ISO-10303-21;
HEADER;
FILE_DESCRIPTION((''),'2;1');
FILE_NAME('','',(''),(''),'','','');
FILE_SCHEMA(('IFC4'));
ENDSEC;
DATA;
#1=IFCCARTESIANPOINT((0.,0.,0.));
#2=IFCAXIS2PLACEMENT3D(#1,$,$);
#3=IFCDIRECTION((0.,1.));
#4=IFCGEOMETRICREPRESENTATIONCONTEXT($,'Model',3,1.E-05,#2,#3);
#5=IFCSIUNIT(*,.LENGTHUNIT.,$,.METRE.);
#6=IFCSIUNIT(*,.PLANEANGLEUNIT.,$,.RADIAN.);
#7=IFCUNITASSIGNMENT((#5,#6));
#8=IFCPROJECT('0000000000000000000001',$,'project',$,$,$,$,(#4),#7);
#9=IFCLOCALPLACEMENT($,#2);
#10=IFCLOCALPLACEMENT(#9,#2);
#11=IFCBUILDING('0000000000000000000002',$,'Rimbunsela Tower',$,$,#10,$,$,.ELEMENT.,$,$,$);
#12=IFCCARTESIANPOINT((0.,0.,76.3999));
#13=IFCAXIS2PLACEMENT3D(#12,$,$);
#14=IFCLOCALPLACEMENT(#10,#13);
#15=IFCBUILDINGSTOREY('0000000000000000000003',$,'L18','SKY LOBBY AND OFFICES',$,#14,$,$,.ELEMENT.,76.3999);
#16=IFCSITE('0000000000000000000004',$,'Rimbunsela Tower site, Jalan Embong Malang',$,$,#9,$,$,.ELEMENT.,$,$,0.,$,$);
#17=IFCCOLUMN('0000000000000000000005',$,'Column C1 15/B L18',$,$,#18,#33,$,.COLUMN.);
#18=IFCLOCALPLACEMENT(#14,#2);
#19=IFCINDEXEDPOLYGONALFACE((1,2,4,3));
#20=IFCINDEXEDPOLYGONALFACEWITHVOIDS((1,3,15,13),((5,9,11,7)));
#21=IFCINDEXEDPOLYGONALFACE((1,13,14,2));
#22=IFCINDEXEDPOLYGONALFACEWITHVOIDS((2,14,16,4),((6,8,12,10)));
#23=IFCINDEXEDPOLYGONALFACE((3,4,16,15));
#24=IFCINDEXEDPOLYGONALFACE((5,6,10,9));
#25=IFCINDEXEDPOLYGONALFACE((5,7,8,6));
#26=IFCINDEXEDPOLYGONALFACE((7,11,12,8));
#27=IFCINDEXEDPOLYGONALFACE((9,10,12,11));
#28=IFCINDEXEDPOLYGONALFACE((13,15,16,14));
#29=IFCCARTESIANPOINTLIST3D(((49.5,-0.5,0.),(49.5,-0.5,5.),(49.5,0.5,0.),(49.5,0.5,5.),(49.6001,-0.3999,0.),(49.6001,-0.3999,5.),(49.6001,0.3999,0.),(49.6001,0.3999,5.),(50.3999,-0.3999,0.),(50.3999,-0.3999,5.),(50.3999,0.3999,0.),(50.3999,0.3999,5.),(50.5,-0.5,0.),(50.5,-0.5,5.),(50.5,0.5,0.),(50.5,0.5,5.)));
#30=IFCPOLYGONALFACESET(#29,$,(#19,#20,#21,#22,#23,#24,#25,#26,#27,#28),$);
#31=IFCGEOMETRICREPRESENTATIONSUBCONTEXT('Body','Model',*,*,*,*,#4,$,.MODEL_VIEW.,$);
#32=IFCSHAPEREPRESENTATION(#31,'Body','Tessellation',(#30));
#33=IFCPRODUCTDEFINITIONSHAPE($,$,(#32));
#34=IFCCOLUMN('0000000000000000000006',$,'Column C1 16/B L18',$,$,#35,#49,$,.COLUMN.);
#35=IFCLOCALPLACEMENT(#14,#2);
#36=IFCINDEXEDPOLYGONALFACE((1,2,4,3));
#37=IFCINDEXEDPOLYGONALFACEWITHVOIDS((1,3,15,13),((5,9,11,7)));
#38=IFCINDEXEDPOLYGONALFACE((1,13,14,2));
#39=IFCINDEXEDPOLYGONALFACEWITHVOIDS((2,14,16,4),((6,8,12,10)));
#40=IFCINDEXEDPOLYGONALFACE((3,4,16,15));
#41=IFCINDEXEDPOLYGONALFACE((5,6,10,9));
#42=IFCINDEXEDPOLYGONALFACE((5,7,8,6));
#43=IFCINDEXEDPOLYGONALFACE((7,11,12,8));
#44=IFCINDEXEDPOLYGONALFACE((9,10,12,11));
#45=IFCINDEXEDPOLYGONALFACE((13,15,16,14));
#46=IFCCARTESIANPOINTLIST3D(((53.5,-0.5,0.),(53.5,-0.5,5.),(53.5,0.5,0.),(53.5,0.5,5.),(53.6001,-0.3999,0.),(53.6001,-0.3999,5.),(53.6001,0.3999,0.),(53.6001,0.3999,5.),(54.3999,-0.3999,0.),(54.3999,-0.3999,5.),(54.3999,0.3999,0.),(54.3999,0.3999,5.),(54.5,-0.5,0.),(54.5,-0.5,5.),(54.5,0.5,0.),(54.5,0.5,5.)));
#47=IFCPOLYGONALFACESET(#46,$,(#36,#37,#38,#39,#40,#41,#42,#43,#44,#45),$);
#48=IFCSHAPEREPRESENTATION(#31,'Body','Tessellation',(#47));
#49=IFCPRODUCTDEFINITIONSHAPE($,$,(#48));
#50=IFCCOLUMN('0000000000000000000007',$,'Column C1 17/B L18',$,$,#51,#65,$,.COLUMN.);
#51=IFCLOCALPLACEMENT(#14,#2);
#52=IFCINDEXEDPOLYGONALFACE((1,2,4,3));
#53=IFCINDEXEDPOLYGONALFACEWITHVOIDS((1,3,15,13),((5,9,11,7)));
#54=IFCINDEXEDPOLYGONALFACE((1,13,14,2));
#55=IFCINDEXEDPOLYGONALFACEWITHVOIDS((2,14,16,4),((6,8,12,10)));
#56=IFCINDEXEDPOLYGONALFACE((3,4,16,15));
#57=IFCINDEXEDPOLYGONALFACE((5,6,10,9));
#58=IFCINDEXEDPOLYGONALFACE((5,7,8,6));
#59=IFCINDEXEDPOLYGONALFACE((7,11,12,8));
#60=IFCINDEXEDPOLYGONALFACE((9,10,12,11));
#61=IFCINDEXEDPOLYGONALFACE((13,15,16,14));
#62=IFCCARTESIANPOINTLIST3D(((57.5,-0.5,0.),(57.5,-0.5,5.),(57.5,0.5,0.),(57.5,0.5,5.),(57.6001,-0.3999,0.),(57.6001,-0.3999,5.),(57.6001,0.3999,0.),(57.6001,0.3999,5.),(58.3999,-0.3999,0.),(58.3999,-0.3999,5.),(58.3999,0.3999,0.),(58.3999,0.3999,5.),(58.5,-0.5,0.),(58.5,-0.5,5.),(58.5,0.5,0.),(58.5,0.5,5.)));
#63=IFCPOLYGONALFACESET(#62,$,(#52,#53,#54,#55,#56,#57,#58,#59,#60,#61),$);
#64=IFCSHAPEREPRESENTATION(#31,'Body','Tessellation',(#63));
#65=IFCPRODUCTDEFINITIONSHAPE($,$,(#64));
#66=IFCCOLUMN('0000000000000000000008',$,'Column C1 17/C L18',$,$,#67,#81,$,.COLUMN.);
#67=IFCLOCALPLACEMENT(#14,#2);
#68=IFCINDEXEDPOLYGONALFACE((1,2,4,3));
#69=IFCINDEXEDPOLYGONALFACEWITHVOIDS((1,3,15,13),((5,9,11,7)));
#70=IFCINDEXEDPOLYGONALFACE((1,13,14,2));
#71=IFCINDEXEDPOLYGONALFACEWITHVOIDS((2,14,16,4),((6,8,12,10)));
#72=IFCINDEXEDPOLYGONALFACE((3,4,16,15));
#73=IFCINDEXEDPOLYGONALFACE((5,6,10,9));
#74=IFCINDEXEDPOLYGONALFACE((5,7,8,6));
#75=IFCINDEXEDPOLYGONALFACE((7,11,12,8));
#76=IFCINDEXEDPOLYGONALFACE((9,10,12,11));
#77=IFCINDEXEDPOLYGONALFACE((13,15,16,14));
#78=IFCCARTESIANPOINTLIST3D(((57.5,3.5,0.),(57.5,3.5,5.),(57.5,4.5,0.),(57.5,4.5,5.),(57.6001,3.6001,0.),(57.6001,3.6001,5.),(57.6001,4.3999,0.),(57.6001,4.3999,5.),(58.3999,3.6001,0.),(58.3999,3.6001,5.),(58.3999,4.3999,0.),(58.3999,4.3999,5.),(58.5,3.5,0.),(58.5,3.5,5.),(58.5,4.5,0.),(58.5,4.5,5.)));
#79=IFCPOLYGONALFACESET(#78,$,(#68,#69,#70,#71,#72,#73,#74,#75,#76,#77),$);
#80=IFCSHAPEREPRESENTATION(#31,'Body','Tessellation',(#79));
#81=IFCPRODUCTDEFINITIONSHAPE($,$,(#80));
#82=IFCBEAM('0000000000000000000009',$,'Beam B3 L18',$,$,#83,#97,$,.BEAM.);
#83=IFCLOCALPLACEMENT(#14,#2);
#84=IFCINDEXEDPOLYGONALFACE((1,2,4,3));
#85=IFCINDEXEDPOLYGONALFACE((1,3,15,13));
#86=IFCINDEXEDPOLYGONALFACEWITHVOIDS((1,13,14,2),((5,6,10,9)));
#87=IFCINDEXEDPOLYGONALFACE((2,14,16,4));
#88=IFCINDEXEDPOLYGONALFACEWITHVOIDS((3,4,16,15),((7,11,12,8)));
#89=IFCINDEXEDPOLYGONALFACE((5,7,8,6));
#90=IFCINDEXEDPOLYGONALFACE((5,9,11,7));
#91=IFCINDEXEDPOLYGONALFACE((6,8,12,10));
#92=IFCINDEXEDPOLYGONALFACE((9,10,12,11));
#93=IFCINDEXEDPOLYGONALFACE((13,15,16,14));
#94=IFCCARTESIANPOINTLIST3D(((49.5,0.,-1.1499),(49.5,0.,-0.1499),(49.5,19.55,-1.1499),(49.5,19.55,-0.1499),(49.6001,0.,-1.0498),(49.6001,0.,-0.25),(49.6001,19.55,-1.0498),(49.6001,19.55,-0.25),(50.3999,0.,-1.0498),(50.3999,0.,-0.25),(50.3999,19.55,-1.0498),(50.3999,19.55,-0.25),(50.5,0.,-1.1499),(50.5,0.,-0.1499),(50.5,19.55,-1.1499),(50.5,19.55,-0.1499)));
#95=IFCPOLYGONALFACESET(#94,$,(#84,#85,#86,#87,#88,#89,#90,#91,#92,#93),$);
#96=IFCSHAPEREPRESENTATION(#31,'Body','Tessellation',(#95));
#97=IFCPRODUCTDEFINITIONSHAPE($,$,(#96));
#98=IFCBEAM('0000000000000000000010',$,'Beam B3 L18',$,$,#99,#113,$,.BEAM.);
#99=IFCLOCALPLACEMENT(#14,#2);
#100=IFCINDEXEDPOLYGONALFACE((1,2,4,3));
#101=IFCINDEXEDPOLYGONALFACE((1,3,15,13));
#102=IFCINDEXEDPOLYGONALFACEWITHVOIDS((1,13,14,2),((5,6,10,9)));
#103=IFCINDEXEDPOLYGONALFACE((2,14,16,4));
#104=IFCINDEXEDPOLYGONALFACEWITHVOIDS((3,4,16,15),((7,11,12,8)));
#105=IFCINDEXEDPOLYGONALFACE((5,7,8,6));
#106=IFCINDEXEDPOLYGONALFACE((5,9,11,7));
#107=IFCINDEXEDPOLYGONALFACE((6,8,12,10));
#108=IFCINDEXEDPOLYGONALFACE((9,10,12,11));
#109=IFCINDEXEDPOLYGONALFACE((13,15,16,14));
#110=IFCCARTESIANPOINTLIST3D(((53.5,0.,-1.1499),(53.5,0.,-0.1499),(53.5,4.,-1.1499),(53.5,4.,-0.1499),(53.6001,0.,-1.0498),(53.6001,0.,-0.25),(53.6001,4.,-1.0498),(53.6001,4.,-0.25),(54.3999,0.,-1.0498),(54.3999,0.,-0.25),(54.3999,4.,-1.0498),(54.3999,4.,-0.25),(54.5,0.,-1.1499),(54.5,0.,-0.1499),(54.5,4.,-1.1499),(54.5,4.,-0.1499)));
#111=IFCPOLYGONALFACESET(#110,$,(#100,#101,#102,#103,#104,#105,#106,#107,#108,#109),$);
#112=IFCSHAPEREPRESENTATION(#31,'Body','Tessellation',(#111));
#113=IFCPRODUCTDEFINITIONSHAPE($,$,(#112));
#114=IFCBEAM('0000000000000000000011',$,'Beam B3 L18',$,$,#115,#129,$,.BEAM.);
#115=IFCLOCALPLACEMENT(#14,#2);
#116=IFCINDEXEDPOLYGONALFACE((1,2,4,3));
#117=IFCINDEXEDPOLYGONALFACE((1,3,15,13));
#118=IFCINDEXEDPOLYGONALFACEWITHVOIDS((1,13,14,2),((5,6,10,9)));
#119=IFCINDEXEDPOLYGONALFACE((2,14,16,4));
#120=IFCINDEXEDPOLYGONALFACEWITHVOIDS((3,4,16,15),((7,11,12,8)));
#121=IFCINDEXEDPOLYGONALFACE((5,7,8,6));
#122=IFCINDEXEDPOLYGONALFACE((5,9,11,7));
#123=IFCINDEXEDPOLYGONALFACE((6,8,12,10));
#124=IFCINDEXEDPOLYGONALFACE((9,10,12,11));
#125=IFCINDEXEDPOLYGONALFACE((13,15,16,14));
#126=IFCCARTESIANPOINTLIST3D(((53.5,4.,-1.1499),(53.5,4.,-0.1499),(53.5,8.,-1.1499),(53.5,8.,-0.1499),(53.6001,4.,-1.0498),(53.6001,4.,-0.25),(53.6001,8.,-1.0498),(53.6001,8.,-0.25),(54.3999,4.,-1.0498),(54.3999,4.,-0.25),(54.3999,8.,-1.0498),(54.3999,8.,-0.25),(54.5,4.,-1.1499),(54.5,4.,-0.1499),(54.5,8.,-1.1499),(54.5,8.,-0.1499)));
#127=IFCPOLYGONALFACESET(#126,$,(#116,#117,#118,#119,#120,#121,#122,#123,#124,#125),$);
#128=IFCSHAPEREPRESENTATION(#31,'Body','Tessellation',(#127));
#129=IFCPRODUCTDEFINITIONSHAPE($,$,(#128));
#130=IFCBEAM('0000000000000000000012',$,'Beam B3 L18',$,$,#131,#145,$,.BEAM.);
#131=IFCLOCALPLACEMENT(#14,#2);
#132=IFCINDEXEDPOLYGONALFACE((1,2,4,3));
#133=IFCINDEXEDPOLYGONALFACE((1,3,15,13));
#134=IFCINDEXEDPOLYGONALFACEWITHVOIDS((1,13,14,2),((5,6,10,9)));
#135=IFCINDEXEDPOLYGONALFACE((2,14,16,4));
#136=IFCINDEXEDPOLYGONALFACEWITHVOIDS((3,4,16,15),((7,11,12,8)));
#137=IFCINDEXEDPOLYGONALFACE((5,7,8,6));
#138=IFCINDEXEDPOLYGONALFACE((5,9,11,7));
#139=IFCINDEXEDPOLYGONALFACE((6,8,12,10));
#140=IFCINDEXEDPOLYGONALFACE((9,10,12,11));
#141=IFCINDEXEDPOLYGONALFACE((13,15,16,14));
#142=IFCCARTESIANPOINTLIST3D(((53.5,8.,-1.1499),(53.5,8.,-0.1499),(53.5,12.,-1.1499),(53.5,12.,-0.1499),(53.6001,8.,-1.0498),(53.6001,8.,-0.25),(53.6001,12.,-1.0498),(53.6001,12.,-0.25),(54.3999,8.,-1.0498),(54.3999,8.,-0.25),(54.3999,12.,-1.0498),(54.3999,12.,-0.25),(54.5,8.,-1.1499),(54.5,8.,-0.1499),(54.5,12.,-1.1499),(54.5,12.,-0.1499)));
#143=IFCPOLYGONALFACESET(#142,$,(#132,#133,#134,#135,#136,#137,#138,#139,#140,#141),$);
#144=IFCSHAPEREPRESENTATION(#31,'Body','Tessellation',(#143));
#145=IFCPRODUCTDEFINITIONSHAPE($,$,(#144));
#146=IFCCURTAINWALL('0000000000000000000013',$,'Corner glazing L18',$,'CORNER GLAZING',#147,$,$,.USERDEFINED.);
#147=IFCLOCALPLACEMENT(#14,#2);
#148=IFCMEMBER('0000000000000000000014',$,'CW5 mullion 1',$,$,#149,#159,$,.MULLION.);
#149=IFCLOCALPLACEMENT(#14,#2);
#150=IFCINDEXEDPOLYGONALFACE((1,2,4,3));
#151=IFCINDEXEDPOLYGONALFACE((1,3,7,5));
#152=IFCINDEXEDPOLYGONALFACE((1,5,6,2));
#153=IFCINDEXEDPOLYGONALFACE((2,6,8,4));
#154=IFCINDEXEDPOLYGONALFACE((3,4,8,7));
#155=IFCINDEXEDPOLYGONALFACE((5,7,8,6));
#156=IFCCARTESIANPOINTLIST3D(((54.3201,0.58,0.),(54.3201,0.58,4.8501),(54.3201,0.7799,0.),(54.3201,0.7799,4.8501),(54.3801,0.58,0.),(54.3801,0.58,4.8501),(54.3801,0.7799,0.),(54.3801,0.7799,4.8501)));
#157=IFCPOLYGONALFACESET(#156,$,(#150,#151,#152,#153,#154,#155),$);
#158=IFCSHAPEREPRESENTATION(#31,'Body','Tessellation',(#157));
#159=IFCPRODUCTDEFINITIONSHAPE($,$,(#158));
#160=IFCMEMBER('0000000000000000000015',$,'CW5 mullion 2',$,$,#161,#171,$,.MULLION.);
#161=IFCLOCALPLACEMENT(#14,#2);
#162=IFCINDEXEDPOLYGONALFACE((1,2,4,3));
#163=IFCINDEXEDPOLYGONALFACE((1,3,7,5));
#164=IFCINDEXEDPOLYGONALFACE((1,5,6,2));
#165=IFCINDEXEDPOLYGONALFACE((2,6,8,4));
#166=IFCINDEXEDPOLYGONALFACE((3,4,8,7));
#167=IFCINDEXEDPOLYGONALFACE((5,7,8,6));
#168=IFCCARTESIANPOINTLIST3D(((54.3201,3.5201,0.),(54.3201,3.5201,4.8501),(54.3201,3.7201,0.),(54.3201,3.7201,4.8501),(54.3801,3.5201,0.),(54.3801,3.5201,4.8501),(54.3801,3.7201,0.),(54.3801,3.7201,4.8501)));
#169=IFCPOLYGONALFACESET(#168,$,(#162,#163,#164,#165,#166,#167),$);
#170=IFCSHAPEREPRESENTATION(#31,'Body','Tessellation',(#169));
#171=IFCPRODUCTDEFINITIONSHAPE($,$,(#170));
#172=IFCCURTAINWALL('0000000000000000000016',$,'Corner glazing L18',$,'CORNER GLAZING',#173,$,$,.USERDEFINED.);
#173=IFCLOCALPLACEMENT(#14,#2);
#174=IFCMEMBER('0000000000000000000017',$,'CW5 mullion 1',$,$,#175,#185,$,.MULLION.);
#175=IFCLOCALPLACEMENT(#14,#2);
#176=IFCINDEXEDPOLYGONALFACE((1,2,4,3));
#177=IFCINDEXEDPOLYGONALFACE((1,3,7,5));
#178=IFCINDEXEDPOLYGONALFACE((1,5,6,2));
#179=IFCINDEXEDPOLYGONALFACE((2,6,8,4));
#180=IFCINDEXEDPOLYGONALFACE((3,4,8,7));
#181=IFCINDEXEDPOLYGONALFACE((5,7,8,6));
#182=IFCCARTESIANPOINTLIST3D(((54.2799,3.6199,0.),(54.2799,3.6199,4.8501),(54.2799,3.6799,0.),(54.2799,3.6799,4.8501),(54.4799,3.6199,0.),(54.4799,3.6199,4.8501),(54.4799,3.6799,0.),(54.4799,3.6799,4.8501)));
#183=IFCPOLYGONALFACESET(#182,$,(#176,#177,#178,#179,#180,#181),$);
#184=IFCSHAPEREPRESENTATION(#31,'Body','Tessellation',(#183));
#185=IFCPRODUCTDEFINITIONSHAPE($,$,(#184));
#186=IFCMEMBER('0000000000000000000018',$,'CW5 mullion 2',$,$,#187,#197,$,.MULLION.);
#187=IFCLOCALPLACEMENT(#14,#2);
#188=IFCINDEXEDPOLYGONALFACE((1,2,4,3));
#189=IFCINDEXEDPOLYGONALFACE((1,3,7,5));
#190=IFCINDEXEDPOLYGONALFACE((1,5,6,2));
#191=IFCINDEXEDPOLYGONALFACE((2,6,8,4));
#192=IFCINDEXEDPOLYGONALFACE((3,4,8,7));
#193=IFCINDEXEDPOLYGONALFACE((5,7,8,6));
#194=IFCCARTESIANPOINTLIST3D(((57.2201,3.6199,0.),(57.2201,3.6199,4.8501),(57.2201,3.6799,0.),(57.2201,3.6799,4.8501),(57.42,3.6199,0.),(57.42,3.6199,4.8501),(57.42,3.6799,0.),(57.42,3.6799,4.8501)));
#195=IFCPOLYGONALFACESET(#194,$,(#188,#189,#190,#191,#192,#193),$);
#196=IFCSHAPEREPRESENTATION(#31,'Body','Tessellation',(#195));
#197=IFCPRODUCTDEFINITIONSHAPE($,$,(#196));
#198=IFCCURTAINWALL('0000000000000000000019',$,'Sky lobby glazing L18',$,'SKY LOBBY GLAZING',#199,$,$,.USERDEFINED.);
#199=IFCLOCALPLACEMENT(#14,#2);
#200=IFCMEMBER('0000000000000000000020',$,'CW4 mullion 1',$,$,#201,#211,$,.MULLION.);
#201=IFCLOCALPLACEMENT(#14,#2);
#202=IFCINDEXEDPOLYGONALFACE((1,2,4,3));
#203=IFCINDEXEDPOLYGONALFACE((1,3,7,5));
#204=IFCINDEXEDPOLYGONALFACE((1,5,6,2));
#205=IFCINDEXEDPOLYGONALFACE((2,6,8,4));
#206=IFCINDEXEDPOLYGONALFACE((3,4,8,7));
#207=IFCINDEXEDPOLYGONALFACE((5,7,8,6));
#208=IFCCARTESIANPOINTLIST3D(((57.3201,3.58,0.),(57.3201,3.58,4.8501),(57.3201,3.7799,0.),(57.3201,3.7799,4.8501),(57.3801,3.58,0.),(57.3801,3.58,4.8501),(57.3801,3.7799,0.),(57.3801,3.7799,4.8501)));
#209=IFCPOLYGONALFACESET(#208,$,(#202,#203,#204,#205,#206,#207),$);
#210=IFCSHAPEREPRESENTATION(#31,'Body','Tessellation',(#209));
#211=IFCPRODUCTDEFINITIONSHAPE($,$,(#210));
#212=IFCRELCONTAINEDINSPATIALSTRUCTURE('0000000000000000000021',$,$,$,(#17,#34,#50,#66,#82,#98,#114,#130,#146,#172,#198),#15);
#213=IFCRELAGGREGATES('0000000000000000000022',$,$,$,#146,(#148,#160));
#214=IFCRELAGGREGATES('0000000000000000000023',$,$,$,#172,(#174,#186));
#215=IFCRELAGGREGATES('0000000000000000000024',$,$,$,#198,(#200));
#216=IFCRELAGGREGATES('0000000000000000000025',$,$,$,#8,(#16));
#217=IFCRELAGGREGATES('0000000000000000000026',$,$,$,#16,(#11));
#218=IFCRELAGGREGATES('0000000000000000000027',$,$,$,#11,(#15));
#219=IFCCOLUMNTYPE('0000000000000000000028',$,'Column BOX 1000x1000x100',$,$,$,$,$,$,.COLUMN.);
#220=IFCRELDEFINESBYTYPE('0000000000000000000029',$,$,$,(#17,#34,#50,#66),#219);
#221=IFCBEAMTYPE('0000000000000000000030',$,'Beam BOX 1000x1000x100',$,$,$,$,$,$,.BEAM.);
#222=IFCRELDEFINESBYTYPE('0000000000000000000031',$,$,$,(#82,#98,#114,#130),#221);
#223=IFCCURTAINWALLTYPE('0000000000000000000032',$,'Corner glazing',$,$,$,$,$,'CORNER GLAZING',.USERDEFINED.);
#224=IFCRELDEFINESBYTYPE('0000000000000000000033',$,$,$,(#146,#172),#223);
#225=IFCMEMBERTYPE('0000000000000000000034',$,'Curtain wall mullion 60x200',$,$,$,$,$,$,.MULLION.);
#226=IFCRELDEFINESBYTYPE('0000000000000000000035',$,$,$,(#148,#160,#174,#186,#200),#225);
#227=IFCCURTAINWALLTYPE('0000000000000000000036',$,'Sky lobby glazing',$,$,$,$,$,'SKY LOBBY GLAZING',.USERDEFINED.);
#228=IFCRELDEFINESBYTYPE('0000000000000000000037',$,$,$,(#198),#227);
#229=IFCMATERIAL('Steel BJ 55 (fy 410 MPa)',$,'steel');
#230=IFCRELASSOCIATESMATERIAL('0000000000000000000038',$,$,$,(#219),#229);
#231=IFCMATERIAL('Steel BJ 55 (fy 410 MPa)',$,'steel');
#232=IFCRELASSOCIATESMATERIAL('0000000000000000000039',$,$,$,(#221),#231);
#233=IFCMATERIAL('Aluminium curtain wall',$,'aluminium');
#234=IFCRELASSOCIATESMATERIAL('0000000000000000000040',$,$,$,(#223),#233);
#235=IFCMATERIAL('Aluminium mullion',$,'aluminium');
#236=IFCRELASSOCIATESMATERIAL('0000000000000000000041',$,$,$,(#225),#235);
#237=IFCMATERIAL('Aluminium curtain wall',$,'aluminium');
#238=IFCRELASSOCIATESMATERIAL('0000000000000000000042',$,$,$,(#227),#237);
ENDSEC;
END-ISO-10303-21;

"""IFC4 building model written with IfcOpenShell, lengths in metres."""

from ifc_helpers import new_model, si_unit, direction, frame, origin, origin_2d, place, context, subcontext, project, spatial, rectangle, hollow_rectangle, extrude, material, material_profile, profile_set, type_object, element, aggregate, save


model = new_model("IFC4")

# Units and contexts
model_context = context("Model", 3, precision=1e-05, world=origin(), true_north=direction((0.0, 1.0)))
body_context = subcontext(model_context, "Body", "Model", "MODEL_VIEW")
ifc_project = project(units=[si_unit("LENGTHUNIT", "METRE"), si_unit("PLANEANGLEUNIT", "RADIAN")], contexts=[model_context])

# Site, building, storey
site_placement = place(None, origin())
site = spatial("IfcSite", under=ifc_project, at=site_placement, Name="Rimbunsela Tower site, Jalan Embong Malang", CompositionType="ELEMENT", RefElevation=0.0)
building_placement = place(site_placement, origin())
building = spatial("IfcBuilding", under=site, at=building_placement, Name="Rimbunsela Tower", CompositionType="ELEMENT")
storey_placement = place(building_placement, frame((0.0, 0.0, 76.3999)))
storey = spatial("IfcBuildingStorey", under=building, at=storey_placement, Name="L18", Description="SKY LOBBY AND OFFICES", CompositionType="ELEMENT", Elevation=76.3999)

# Columns
ifc_material_1 = material(Name="Steel BJ 55 (fy 410 MPa)", Category="steel")
ifc_material_profile_1 = material_profile(ifc_material_1, hollow_rectangle(XDim=1.0, YDim=1.0, WallThickness=0.1001, at=origin_2d()), Name="BOX 1000x1000x100")
ifc_profile_set_1 = profile_set([ifc_material_profile_1], Name="Steel BJ 55 (fy 410 MPa)")
column_type = type_object("IfcColumnType", Name="Column BOX 1000x1000x100", PredefinedType="COLUMN", material=ifc_profile_set_1)
for number, where, z_axis, x_axis, name in (
    (1, (50.0, 0.0, 0.0), (0.0, 0.0, 1.0), (1.0, 0.0, 0.0), "Column C1 15/B L18"),
    (2, (54.0, 0.0, 0.0), (0.0, 0.0, 1.0), (1.0, 0.0, 0.0), "Column C1 16/B L18"),
    (3, (58.0, 0.0, 0.0), (0.0, 0.0, 1.0), (1.0, 0.0, 0.0), "Column C1 17/B L18"),
    (4, (58.0, 4.0, 0.0), (0.0, 0.0, 1.0), (1.0, 0.0, 0.0), "Column C1 17/C L18"),
):
    element("IfcColumn", number, at=place(storey_placement, frame(where, z_axis=z_axis, x_axis=x_axis)), inside=storey, type_object=column_type, Name=name, PredefinedType="COLUMN", context=body_context, shape_type="SweptSolid", body=[
        extrude(hollow_rectangle(XDim=1.0, YDim=1.0, WallThickness=0.1001, at=origin_2d()), origin(), (0.0, 0.0, 1.0), 5.0),
    ])

# Beams
ifc_material_2 = material(Name="Steel BJ 55 (fy 410 MPa)", Category="steel")
ifc_material_profile_2 = material_profile(ifc_material_2, hollow_rectangle(XDim=1.0, YDim=1.0, WallThickness=0.1001, at=origin_2d()), Name="BOX 1000x1000x100")
ifc_profile_set_2 = profile_set([ifc_material_profile_2], Name="Steel BJ 55 (fy 410 MPa)")
beam_type = type_object("IfcBeamType", Name="Beam BOX 1000x1000x100", PredefinedType="BEAM", material=ifc_profile_set_2)
beam_placement = place(storey_placement, frame((50.0, 0.0, -0.6499), z_axis=(0.0, 1.0, 0.0), x_axis=(-1.0, 0.0, 0.0)))
element("IfcBeam", 5, at=beam_placement, inside=storey, type_object=beam_type, Name="Beam B3 L18", PredefinedType="BEAM", context=body_context, shape_type="SweptSolid", body=[
    extrude(hollow_rectangle(XDim=1.0, YDim=1.0, WallThickness=0.1001, at=origin_2d()), origin(), (0.0, 0.0, 1.0), 19.55),
])
for number, where, z_axis, x_axis, name in (
    (6, (54.0, 0.0, -0.6499), (0.0, 1.0, 0.0), (-1.0, 0.0, 0.0), "Beam B3 L18"),
    (7, (54.0, 4.0, -0.6499), (0.0, 1.0, 0.0), (-1.0, 0.0, 0.0), "Beam B3 L18"),
    (8, (54.0, 8.0, -0.6499), (0.0, 1.0, 0.0), (-1.0, 0.0, 0.0), "Beam B3 L18"),
):
    element("IfcBeam", number, at=place(storey_placement, frame(where, z_axis=z_axis, x_axis=x_axis)), inside=storey, type_object=beam_type, Name=name, PredefinedType="BEAM", context=body_context, shape_type="SweptSolid", body=[
        extrude(hollow_rectangle(XDim=1.0, YDim=1.0, WallThickness=0.1001, at=origin_2d()), origin(), (0.0, 0.0, 1.0), 4.0),
    ])

# Curtain walls, members
ifc_material_3 = material(Name="Aluminium curtain wall", Category="aluminium")
curtain_wall_type_1 = type_object("IfcCurtainWallType", Name="Corner glazing", ElementType="CORNER GLAZING", PredefinedType="USERDEFINED", material=ifc_material_3)
curtain_wall_1_placement = place(storey_placement, origin())
curtain_wall_1 = element("IfcCurtainWall", 9, at=curtain_wall_1_placement, inside=storey, type_object=curtain_wall_type_1, Name="Corner glazing L18", ObjectType="CORNER GLAZING", PredefinedType="USERDEFINED")
ifc_material_4 = material(Name="Aluminium mullion", Category="aluminium")
ifc_material_profile_3 = material_profile(ifc_material_4, rectangle(XDim=0.0601, YDim=0.2, at=origin_2d()), Name="Mullion 60x200")
ifc_profile_set_3 = profile_set([ifc_material_profile_3], Name="Aluminium mullion")
member_type_1 = type_object("IfcMemberType", Name="Curtain wall mullion 60x200", PredefinedType="MULLION", material=ifc_profile_set_3)
member_1_placement = place(storey_placement, frame((54.3501, 0.6799, 0.0), z_axis=(0.0, 0.0, 1.0), x_axis=(-1.0, 0.0, 0.0)))
member_1 = element("IfcMember", 10, at=member_1_placement, type_object=member_type_1, Name="CW5 mullion 1", PredefinedType="MULLION", context=body_context, shape_type="SweptSolid", body=[
    extrude(rectangle(XDim=0.0601, YDim=0.2, at=origin_2d()), origin(), (0.0, 0.0, 1.0), 4.8501),
])
member_2_placement = place(storey_placement, frame((54.3501, 3.6201, 0.0), z_axis=(0.0, 0.0, 1.0), x_axis=(-1.0, 0.0, 0.0)))
member_2 = element("IfcMember", 11, at=member_2_placement, type_object=member_type_1, Name="CW5 mullion 2", PredefinedType="MULLION", context=body_context, shape_type="SweptSolid", body=[
    extrude(rectangle(XDim=0.0601, YDim=0.2, at=origin_2d()), origin(), (0.0, 0.0, 1.0), 4.8501),
])
curtain_wall_2_placement = place(storey_placement, origin())
curtain_wall_2 = element("IfcCurtainWall", 12, at=curtain_wall_2_placement, inside=storey, type_object=curtain_wall_type_1, Name="Corner glazing L18", ObjectType="CORNER GLAZING", PredefinedType="USERDEFINED")
member_3_placement = place(storey_placement, frame((54.3799, 3.6499, 0.0), z_axis=(0.0, 0.0, 1.0), x_axis=(0.0, 1.0, 0.0)))
member_3 = element("IfcMember", 13, at=member_3_placement, type_object=member_type_1, Name="CW5 mullion 1", PredefinedType="MULLION", context=body_context, shape_type="SweptSolid", body=[
    extrude(rectangle(XDim=0.0601, YDim=0.2, at=origin_2d()), origin(), (0.0, 0.0, 1.0), 4.8501),
])
member_4_placement = place(storey_placement, frame((57.3201, 3.6499, 0.0), z_axis=(0.0, 0.0, 1.0), x_axis=(0.0, 1.0, 0.0)))
member_4 = element("IfcMember", 14, at=member_4_placement, type_object=member_type_1, Name="CW5 mullion 2", PredefinedType="MULLION", context=body_context, shape_type="SweptSolid", body=[
    extrude(rectangle(XDim=0.0601, YDim=0.2, at=origin_2d()), origin(), (0.0, 0.0, 1.0), 4.8501),
])
ifc_material_5 = material(Name="Aluminium curtain wall", Category="aluminium")
curtain_wall_type_2 = type_object("IfcCurtainWallType", Name="Sky lobby glazing", ElementType="SKY LOBBY GLAZING", PredefinedType="USERDEFINED", material=ifc_material_5)
curtain_wall_3_placement = place(storey_placement, origin())
curtain_wall_3 = element("IfcCurtainWall", 15, at=curtain_wall_3_placement, inside=storey, type_object=curtain_wall_type_2, Name="Sky lobby glazing L18", ObjectType="SKY LOBBY GLAZING", PredefinedType="USERDEFINED")
member_5_placement = place(storey_placement, frame((57.3501, 3.6799, 0.0), z_axis=(0.0, 0.0, 1.0), x_axis=(-1.0, 0.0, 0.0)))
member_5 = element("IfcMember", 16, at=member_5_placement, type_object=member_type_1, Name="CW4 mullion 1", PredefinedType="MULLION", context=body_context, shape_type="SweptSolid", body=[
    extrude(rectangle(XDim=0.0601, YDim=0.2, at=origin_2d()), origin(), (0.0, 0.0, 1.0), 4.8501),
])

aggregate(curtain_wall_1, [member_1, member_2])
aggregate(curtain_wall_2, [member_3, member_4])
aggregate(curtain_wall_3, [member_5])

save(model, "model.ifc")
